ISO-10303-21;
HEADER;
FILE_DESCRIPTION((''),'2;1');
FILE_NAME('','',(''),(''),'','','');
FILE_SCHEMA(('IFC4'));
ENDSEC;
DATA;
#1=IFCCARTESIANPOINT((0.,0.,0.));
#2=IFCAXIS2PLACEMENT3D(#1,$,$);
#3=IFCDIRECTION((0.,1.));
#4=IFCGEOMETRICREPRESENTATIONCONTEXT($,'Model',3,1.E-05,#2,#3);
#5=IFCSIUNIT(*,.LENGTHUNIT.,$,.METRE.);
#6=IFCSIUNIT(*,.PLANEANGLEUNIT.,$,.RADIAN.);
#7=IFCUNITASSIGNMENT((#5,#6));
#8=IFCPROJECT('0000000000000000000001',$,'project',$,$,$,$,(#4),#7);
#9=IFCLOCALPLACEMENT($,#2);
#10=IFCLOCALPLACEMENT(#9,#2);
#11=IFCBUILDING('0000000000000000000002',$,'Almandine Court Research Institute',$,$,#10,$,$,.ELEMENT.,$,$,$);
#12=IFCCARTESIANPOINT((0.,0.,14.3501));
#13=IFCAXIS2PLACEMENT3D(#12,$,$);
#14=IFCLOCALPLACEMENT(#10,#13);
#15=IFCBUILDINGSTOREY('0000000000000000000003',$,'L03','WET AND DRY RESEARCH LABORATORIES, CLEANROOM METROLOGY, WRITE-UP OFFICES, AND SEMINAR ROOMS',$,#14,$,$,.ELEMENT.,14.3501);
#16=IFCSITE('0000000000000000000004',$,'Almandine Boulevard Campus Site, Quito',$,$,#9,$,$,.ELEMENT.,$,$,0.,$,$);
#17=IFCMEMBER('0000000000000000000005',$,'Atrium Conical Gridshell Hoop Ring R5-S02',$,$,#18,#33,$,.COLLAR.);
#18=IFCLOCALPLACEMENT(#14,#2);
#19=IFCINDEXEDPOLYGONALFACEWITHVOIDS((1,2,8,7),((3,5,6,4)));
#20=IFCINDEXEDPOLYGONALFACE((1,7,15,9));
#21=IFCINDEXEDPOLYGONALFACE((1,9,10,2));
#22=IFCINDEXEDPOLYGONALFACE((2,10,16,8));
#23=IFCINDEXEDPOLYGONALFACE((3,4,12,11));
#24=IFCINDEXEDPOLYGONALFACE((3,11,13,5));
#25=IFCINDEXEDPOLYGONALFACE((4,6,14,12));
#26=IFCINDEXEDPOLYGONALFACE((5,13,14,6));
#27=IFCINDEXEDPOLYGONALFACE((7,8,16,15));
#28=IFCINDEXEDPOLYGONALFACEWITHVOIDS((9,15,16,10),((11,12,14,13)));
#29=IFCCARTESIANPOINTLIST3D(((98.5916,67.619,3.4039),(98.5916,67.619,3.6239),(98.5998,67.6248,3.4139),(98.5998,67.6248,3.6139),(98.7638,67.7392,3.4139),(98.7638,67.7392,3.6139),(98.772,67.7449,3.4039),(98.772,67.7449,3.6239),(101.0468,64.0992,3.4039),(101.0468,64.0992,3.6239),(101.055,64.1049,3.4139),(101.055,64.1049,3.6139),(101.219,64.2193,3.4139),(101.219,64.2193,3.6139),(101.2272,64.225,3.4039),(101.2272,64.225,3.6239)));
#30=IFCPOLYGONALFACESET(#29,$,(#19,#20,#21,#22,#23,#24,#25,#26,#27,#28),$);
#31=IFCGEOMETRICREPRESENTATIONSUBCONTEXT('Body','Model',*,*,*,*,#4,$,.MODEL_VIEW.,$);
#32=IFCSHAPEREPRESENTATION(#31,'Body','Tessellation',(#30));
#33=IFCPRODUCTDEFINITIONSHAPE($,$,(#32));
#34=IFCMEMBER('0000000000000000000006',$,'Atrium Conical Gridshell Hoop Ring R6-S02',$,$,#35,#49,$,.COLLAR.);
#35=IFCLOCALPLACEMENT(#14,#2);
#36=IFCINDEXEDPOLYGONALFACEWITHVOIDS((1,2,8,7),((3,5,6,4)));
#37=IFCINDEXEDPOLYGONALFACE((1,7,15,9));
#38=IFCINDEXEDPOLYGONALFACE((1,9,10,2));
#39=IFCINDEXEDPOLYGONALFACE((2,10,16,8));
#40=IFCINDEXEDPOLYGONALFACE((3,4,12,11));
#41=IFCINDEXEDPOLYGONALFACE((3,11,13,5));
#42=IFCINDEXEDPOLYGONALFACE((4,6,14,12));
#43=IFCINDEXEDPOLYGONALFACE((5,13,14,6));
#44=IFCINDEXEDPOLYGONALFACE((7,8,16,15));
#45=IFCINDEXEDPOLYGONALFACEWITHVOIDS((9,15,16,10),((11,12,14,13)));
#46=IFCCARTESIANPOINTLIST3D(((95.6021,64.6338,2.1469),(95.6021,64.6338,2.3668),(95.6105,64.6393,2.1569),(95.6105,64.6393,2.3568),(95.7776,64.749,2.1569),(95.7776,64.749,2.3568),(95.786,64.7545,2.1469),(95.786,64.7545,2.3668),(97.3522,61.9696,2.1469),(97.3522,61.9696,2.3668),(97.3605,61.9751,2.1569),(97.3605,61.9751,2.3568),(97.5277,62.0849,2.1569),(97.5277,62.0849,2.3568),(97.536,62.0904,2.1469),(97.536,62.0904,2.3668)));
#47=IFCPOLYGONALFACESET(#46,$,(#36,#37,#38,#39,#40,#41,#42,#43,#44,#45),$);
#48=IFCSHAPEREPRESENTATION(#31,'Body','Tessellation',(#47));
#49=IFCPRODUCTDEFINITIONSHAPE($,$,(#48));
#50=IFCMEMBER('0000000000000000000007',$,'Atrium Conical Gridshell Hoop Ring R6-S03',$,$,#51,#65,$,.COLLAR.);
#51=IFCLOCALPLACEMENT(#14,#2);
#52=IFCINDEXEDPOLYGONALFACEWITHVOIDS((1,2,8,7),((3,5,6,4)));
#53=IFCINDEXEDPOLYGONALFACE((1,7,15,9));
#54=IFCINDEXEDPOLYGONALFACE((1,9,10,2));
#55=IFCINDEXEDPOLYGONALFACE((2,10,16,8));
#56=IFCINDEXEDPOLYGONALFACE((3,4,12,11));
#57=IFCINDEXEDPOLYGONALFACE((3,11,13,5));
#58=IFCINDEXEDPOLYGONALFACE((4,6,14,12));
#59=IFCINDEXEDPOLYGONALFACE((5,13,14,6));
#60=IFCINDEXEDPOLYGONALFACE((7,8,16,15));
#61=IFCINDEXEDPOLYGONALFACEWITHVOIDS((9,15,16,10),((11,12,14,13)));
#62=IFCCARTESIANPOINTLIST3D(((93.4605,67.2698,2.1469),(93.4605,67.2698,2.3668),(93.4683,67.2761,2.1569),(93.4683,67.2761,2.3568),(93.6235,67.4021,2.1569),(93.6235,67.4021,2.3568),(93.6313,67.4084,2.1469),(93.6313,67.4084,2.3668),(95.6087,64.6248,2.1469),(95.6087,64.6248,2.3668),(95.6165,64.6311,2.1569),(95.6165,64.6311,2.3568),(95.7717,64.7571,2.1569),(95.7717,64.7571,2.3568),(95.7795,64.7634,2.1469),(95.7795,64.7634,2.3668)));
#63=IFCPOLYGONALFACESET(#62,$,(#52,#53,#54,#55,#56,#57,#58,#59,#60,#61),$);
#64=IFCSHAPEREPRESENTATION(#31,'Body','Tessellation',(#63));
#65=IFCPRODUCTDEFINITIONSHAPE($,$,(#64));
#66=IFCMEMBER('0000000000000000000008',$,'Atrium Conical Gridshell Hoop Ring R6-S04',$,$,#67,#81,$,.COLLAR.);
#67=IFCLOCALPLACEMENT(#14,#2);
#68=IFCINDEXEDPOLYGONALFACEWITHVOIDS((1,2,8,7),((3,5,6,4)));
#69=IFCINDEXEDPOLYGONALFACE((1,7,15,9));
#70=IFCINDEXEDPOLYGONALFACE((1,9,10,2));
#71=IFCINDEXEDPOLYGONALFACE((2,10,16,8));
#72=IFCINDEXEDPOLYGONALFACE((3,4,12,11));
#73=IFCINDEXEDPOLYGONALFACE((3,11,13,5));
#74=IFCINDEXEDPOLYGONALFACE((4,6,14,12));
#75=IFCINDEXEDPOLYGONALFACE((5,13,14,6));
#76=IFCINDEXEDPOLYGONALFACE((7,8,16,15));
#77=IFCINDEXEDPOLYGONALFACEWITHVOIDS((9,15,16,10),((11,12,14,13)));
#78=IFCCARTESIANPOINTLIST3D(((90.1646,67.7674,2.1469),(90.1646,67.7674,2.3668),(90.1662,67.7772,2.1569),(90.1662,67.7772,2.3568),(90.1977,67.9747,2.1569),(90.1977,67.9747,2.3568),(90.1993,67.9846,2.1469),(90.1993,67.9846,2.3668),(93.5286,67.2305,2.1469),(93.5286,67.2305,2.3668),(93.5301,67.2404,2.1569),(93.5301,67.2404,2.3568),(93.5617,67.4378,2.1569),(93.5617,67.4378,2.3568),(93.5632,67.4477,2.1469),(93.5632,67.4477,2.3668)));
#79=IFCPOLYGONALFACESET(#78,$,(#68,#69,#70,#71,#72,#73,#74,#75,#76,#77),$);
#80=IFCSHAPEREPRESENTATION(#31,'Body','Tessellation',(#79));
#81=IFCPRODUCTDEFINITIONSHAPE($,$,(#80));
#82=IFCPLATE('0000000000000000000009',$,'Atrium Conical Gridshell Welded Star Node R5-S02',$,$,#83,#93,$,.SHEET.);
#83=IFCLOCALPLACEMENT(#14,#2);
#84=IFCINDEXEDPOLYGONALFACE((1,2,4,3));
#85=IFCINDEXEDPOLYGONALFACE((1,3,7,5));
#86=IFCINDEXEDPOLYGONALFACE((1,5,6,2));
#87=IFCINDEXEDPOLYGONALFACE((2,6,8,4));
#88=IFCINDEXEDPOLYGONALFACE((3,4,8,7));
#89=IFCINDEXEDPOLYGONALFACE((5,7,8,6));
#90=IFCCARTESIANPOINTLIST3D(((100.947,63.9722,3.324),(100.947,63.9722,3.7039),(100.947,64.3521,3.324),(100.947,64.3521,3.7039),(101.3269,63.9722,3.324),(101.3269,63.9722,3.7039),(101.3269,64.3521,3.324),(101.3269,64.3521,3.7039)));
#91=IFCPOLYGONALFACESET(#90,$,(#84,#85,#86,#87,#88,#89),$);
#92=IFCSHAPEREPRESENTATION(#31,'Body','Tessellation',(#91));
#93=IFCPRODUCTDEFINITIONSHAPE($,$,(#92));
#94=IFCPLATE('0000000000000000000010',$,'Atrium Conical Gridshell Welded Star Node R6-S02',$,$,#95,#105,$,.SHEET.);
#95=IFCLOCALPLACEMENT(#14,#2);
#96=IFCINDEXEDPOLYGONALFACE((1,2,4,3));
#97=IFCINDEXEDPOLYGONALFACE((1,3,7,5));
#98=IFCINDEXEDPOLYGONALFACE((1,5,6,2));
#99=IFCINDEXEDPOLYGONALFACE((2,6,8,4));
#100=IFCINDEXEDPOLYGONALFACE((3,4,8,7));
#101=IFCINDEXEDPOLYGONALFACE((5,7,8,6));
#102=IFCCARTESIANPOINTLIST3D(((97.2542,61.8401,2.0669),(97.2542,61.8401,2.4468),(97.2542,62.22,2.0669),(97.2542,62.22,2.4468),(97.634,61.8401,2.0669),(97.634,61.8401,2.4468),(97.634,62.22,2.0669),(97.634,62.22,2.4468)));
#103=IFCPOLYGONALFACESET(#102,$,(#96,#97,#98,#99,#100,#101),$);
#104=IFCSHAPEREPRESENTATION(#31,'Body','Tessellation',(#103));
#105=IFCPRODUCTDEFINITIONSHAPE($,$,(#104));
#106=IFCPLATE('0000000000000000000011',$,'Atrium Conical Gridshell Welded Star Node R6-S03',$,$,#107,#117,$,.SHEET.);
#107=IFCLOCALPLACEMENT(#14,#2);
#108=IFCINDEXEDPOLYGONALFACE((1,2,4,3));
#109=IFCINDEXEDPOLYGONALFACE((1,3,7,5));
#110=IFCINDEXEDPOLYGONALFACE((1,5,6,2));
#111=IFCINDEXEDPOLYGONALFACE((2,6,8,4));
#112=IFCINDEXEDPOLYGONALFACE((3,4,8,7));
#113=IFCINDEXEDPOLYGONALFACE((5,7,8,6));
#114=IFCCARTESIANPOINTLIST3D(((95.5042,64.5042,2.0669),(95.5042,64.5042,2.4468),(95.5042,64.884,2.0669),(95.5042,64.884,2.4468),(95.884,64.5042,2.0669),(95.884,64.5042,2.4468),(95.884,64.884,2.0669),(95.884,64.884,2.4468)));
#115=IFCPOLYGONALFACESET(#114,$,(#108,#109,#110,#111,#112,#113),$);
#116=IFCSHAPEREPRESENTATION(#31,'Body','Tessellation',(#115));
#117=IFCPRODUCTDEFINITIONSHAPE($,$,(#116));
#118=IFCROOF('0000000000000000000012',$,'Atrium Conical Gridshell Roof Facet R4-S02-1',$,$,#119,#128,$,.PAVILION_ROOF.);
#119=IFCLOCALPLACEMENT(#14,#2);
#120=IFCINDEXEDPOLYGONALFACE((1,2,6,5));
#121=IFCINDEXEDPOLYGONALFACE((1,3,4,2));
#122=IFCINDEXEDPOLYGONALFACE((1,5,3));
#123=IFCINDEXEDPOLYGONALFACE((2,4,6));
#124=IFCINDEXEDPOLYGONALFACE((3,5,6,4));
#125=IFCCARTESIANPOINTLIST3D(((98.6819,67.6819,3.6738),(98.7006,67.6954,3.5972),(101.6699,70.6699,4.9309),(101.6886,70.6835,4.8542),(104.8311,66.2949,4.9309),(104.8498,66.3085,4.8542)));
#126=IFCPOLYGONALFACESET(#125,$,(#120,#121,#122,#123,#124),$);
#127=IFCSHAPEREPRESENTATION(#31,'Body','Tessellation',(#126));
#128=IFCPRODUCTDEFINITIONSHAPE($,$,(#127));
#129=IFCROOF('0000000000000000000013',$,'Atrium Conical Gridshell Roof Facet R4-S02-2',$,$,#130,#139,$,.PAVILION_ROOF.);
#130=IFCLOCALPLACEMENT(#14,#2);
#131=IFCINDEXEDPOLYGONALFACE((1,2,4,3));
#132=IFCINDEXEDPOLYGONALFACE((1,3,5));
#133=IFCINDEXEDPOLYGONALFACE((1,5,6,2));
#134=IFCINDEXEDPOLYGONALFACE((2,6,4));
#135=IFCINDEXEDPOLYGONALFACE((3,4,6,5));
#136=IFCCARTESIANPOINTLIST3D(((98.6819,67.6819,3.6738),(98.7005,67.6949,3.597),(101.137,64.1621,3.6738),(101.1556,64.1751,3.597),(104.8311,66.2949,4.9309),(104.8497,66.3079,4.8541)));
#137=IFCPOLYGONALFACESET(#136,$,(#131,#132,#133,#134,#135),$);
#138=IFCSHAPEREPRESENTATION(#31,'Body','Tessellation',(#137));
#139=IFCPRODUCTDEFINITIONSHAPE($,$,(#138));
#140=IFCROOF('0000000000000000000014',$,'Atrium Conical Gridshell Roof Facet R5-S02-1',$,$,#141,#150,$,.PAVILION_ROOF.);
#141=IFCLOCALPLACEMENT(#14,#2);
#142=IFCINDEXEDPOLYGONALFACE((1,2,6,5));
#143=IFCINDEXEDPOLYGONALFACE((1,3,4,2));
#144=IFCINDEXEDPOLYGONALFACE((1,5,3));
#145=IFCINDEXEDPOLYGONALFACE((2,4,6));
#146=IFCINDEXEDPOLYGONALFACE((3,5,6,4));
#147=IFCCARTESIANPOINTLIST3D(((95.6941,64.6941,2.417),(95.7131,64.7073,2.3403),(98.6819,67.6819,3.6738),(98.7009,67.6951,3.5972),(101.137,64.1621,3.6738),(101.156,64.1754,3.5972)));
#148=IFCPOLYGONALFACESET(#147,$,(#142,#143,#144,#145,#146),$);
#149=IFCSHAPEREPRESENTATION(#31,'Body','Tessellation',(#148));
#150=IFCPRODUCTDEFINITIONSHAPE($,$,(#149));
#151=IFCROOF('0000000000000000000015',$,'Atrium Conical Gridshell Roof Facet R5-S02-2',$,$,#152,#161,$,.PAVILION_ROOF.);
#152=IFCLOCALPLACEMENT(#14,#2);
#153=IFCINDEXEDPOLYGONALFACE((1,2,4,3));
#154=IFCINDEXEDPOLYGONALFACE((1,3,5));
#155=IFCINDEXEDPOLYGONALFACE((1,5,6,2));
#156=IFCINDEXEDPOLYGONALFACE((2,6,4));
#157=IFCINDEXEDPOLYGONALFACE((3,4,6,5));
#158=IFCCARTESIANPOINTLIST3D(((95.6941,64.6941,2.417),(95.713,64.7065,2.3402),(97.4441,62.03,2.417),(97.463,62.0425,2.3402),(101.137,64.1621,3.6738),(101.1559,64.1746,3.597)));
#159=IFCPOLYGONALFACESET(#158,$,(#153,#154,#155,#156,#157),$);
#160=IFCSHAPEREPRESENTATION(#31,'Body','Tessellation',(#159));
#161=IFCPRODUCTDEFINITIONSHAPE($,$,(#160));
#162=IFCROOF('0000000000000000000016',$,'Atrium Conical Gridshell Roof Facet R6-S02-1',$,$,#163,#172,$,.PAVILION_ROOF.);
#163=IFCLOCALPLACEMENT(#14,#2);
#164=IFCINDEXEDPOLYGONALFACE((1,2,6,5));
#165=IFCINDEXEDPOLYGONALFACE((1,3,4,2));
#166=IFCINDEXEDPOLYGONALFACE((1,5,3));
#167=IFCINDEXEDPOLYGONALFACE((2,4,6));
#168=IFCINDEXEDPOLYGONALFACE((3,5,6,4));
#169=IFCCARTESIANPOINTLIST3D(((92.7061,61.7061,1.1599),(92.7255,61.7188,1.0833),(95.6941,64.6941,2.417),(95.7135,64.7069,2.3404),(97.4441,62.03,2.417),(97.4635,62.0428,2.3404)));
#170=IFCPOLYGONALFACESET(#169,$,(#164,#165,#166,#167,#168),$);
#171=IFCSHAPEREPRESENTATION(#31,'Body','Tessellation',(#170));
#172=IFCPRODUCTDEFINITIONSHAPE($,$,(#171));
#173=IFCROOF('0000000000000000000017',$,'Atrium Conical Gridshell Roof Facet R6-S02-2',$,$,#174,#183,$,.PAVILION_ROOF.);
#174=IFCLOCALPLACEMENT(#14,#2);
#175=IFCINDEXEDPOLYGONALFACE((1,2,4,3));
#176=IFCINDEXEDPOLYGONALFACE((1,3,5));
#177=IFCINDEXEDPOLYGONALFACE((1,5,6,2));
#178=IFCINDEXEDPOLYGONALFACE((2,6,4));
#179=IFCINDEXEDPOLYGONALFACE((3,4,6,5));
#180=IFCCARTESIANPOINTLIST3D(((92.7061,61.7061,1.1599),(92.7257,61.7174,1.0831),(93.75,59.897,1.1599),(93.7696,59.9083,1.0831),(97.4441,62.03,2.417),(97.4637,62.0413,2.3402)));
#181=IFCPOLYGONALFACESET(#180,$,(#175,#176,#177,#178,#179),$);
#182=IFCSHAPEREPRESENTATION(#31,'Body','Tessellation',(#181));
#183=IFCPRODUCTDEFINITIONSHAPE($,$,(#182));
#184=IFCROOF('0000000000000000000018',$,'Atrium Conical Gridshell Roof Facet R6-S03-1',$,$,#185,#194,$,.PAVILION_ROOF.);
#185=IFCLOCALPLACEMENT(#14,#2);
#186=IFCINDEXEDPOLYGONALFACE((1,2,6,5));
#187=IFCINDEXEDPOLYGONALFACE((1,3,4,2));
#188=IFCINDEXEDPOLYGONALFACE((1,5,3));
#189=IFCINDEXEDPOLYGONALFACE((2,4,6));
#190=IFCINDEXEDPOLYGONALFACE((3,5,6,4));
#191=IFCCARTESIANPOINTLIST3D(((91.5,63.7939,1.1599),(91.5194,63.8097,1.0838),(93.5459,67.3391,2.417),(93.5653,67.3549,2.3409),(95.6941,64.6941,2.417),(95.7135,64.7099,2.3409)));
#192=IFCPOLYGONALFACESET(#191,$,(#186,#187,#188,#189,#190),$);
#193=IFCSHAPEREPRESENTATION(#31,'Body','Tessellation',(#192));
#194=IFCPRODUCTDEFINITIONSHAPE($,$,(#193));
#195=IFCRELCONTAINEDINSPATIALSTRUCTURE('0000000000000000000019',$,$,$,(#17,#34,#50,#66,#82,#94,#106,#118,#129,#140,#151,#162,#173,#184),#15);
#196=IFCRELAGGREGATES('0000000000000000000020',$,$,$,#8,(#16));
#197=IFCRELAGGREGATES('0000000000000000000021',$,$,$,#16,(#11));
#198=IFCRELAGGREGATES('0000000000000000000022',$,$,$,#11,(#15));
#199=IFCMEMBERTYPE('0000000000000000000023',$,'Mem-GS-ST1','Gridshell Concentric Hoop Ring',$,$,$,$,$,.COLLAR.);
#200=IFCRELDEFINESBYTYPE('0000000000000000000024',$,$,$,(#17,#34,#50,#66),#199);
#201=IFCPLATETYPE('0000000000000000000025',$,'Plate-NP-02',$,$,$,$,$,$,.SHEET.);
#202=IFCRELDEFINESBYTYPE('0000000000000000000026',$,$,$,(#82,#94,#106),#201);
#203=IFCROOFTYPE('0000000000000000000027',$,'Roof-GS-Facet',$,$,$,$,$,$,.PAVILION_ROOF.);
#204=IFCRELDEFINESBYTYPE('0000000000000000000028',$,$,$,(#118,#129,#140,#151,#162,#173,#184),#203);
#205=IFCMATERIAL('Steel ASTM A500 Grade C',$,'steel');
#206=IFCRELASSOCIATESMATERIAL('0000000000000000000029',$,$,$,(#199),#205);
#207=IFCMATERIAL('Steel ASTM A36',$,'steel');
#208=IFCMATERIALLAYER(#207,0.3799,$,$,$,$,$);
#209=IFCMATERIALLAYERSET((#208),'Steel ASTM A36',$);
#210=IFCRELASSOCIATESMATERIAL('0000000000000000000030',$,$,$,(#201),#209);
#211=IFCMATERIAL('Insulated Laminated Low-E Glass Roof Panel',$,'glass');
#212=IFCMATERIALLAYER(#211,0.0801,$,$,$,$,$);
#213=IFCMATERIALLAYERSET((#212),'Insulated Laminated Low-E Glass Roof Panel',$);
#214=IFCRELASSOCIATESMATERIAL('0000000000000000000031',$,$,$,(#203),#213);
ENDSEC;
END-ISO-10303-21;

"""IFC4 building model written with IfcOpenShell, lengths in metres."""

from ifc_helpers import new_model, si_unit, direction, frame, origin, origin_2d, place, context, subcontext, project, spatial, polyline, rectangle, hollow_rectangle, outline, extrude, material, layer, layer_set, material_profile, profile_set, type_object, element, save


model = new_model("IFC4")

# Units and contexts
model_context = context("Model", 3, precision=1e-05, world=origin(), true_north=direction((0.0, 1.0)))
body_context = subcontext(model_context, "Body", "Model", "MODEL_VIEW")
ifc_project = project(units=[si_unit("LENGTHUNIT", "METRE"), si_unit("PLANEANGLEUNIT", "RADIAN")], contexts=[model_context])

# Site, building, storey
site_placement = place(None, origin())
site = spatial("IfcSite", under=ifc_project, at=site_placement, Name="Almandine Boulevard Campus Site, Quito", CompositionType="ELEMENT", RefElevation=0.0)
building_placement = place(site_placement, origin())
building = spatial("IfcBuilding", under=site, at=building_placement, Name="Almandine Court Research Institute", CompositionType="ELEMENT")
storey_placement = place(building_placement, frame((0.0, 0.0, 14.3501)))
storey = spatial("IfcBuildingStorey", under=building, at=storey_placement, Name="L03", Description="WET AND DRY RESEARCH LABORATORIES, CLEANROOM METROLOGY, WRITE-UP OFFICES, AND SEMINAR ROOMS", CompositionType="ELEMENT", Elevation=14.3501)

# Members
ifc_material_1 = material(Name="Steel ASTM A500 Grade C", Category="steel")
ifc_material_profile_1 = material_profile(ifc_material_1, hollow_rectangle(XDim=0.22, YDim=0.22, WallThickness=0.01, at=origin_2d()), Name="HSS 220x220x10")
ifc_profile_set_1 = profile_set([ifc_material_profile_1], Name="Steel ASTM A500 Grade C")
member_type_1 = type_object("IfcMemberType", Name="Mem-GS-ST1", Description="Gridshell Concentric Hoop Ring", PredefinedType="COLLAR", material=ifc_profile_set_1)
member_1_placement = place(storey_placement, frame((101.137, 64.1621, 3.5139), z_axis=(-0.572091, 0.82019, 0.0), x_axis=(-0.82019, -0.572091, 0.0)))
element("IfcMember", 1, at=member_1_placement, inside=storey, type_object=member_type_1, Name="Atrium Conical Gridshell Hoop Ring R5-S02", PredefinedType="COLLAR", context=body_context, shape_type="SweptSolid", body=[
    extrude(hollow_rectangle(XDim=0.22, YDim=0.22, WallThickness=0.01, at=origin_2d()), origin(), (0.0, 0.0, 1.0), 4.2915),
])
member_2_placement = place(storey_placement, frame((97.4441, 62.03, 2.2568), z_axis=(-0.549031, 0.835802, 0.0), x_axis=(-0.835802, -0.549031, 0.0)))
element("IfcMember", 2, at=member_2_placement, inside=storey, type_object=member_type_1, Name="Atrium Conical Gridshell Hoop Ring R6-S02", PredefinedType="COLLAR", context=body_context, shape_type="SweptSolid", body=[
    extrude(hollow_rectangle(XDim=0.22, YDim=0.22, WallThickness=0.01, at=origin_2d()), origin(), (0.0, 0.0, 1.0), 3.1875),
])
member_3_placement = place(storey_placement, frame((95.6941, 64.6941, 2.2568), z_axis=(-0.630436, 0.776241, 0.0), x_axis=(-0.776241, -0.630436, 0.0)))
element("IfcMember", 3, at=member_3_placement, inside=storey, type_object=member_type_1, Name="Atrium Conical Gridshell Hoop Ring R6-S03", PredefinedType="COLLAR", context=body_context, shape_type="SweptSolid", body=[
    extrude(hollow_rectangle(XDim=0.22, YDim=0.22, WallThickness=0.01, at=origin_2d()), origin(), (0.0, 0.0, 1.0), 3.4075),
])
member_4_placement = place(storey_placement, frame((93.5459, 67.3391, 2.2568), z_axis=(-0.987504, 0.157596, 0.0), x_axis=(-0.157596, -0.987504, 0.0)))
element("IfcMember", 4, at=member_4_placement, inside=storey, type_object=member_type_1, Name="Atrium Conical Gridshell Hoop Ring R6-S04", PredefinedType="COLLAR", context=body_context, shape_type="SweptSolid", body=[
    extrude(hollow_rectangle(XDim=0.22, YDim=0.22, WallThickness=0.01, at=origin_2d()), origin(), (0.0, 0.0, 1.0), 3.4065),
])

# Plates
ifc_material_2 = material(Name="Steel ASTM A36", Category="steel")
ifc_layer_1 = layer(ifc_material_2, 0.3799)
ifc_layer_set_1 = layer_set([ifc_layer_1], Name="Steel ASTM A36")
plate_type = type_object("IfcPlateType", Name="Plate-NP-02", PredefinedType="SHEET", material=ifc_layer_set_1)
for number, where, z_axis, x_axis, name in (
    (5, (101.137, 64.1621, 3.324), (0.0, 0.0, 1.0), (1.0, 0.0, 0.0), "Atrium Conical Gridshell Welded Star Node R5-S02"),
    (6, (97.4441, 62.03, 2.0669), (0.0, 0.0, 1.0), (1.0, 0.0, 0.0), "Atrium Conical Gridshell Welded Star Node R6-S02"),
    (7, (95.6941, 64.6941, 2.0669), (0.0, 0.0, 1.0), (1.0, 0.0, 0.0), "Atrium Conical Gridshell Welded Star Node R6-S03"),
):
    element("IfcPlate", number, at=place(storey_placement, frame(where, z_axis=z_axis, x_axis=x_axis)), inside=storey, type_object=plate_type, Name=name, PredefinedType="SHEET", context=body_context, shape_type="SweptSolid", body=[
        extrude(rectangle(XDim=0.3799, YDim=0.3799, at=origin_2d()), origin(), (0.0, 0.0, 1.0), 0.3799),
    ])

# Roofs
ifc_material_3 = material(Name="Insulated Laminated Low-E Glass Roof Panel", Category="glass")
ifc_layer_2 = layer(ifc_material_3, 0.0801)
ifc_layer_set_2 = layer_set([ifc_layer_2], Name="Insulated Laminated Low-E Glass Roof Panel")
roof_type = type_object("IfcRoofType", Name="Roof-GS-Facet", PredefinedType="PAVILION_ROOF", material=ifc_layer_set_2)
roof_1_placement = place(storey_placement, frame((104.8311, 66.2949, 4.9309), z_axis=(-0.233849, -0.168966, 0.957478), x_axis=(-0.585662, 0.810555, 0.0)))
element("IfcRoof", 8, at=roof_1_placement, inside=storey, type_object=roof_type, Name="Atrium Conical Gridshell Roof Facet R4-S02-1", PredefinedType="PAVILION_ROOF", context=body_context, shape_type="SweptSolid", body=[
    extrude(outline(polyline([(0.0, 0.0), (5.3975, 0.0), (4.7255, 4.3572), (0.0, 0.0)])), origin(), (0.0, 0.0, -1.0), 0.0801),
])
roof_2_placement = place(storey_placement, frame((104.8311, 66.2949, 4.9309), z_axis=(-0.232635, -0.162265, 0.958932), x_axis=(-0.956657, 0.215777, -0.19557)))
element("IfcRoof", 9, at=roof_2_placement, inside=storey, type_object=roof_type, Name="Atrium Conical Gridshell Roof Facet R4-S02-2", PredefinedType="PAVILION_ROOF", context=body_context, shape_type="SweptSolid", body=[
    extrude(outline(polyline([(0.0, 0.0), (6.4278, 0.0), (3.3196, 2.959), (0.0, 0.0)])), origin(), (0.0, 0.0, -1.0), 0.0801),
])
roof_3_placement = place(storey_placement, frame((101.137, 64.1621, 3.6738), z_axis=(-0.237217, -0.165461, 0.957262), x_axis=(-0.572091, 0.82019, 0.0)))
element("IfcRoof", 10, at=roof_3_placement, inside=storey, type_object=roof_type, Name="Atrium Conical Gridshell Roof Facet R5-S02-1", PredefinedType="PAVILION_ROOF", context=body_context, shape_type="SweptSolid", body=[
    extrude(outline(polyline([(0.0, 0.0), (4.2914, 0.0), (3.5501, 4.3456), (0.0, 0.0)])), origin(), (0.0, 0.0, -1.0), 0.0801),
])
roof_4_placement = place(storey_placement, frame((101.137, 64.1621, 3.6738), z_axis=(-0.236658, -0.155459, 0.959075), x_axis=(-0.969972, 0.094804, -0.22398)))
element("IfcRoof", 11, at=roof_4_placement, inside=storey, type_object=roof_type, Name="Atrium Conical Gridshell Roof Facet R5-S02-2", PredefinedType="PAVILION_ROOF", context=body_context, shape_type="SweptSolid", body=[
    extrude(outline(polyline([(0.0, 0.0), (5.6114, 0.0), (3.6614, 2.5213), (0.0, 0.0)])), origin(), (0.0, 0.0, -1.0), 0.0801),
])
roof_5_placement = place(storey_placement, frame((97.4441, 62.03, 2.417), z_axis=(-0.242948, -0.159591, 0.956821), x_axis=(-0.549031, 0.835802, 0.0)))
element("IfcRoof", 12, at=roof_5_placement, inside=storey, type_object=roof_type, Name="Atrium Conical Gridshell Roof Facet R6-S02-1", PredefinedType="PAVILION_ROOF", context=body_context, shape_type="SweptSolid", body=[
    extrude(outline(polyline([(0.0, 0.0), (3.1874, 0.0), (2.3306, 4.3247), (0.0, 0.0)])), origin(), (0.0, 0.0, -1.0), 0.0801),
])
roof_6_placement = place(storey_placement, frame((97.4441, 62.03, 2.417), z_axis=(-0.244835, -0.141284, 0.959216), x_axis=(-0.964455, -0.065947, -0.255886)))
element("IfcRoof", 13, at=roof_6_placement, inside=storey, type_object=roof_type, Name="Atrium Conical Gridshell Roof Facet R6-S02-2", PredefinedType="PAVILION_ROOF", context=body_context, shape_type="SweptSolid", body=[
    extrude(outline(polyline([(0.0, 0.0), (4.9127, 0.0), (4.0251, 1.8907), (0.0, 0.0)])), origin(), (0.0, 0.0, -1.0), 0.0801),
])
roof_7_placement = place(storey_placement, frame((95.6941, 64.6941, 2.417), z_axis=(-0.242465, -0.196922, 0.949964), x_axis=(-0.630436, 0.776241, 0.0)))
element("IfcRoof", 14, at=roof_7_placement, inside=storey, type_object=roof_type, Name="Atrium Conical Gridshell Roof Facet R6-S03-1", PredefinedType="PAVILION_ROOF", context=body_context, shape_type="SweptSolid", body=[
    extrude(outline(polyline([(0.0, 0.0), (3.4075, 0.0), (1.9454, 4.0245), (0.0, 0.0)])), origin(), (0.0, 0.0, -1.0), 0.0801),
])

save(model, "model.ifc")
